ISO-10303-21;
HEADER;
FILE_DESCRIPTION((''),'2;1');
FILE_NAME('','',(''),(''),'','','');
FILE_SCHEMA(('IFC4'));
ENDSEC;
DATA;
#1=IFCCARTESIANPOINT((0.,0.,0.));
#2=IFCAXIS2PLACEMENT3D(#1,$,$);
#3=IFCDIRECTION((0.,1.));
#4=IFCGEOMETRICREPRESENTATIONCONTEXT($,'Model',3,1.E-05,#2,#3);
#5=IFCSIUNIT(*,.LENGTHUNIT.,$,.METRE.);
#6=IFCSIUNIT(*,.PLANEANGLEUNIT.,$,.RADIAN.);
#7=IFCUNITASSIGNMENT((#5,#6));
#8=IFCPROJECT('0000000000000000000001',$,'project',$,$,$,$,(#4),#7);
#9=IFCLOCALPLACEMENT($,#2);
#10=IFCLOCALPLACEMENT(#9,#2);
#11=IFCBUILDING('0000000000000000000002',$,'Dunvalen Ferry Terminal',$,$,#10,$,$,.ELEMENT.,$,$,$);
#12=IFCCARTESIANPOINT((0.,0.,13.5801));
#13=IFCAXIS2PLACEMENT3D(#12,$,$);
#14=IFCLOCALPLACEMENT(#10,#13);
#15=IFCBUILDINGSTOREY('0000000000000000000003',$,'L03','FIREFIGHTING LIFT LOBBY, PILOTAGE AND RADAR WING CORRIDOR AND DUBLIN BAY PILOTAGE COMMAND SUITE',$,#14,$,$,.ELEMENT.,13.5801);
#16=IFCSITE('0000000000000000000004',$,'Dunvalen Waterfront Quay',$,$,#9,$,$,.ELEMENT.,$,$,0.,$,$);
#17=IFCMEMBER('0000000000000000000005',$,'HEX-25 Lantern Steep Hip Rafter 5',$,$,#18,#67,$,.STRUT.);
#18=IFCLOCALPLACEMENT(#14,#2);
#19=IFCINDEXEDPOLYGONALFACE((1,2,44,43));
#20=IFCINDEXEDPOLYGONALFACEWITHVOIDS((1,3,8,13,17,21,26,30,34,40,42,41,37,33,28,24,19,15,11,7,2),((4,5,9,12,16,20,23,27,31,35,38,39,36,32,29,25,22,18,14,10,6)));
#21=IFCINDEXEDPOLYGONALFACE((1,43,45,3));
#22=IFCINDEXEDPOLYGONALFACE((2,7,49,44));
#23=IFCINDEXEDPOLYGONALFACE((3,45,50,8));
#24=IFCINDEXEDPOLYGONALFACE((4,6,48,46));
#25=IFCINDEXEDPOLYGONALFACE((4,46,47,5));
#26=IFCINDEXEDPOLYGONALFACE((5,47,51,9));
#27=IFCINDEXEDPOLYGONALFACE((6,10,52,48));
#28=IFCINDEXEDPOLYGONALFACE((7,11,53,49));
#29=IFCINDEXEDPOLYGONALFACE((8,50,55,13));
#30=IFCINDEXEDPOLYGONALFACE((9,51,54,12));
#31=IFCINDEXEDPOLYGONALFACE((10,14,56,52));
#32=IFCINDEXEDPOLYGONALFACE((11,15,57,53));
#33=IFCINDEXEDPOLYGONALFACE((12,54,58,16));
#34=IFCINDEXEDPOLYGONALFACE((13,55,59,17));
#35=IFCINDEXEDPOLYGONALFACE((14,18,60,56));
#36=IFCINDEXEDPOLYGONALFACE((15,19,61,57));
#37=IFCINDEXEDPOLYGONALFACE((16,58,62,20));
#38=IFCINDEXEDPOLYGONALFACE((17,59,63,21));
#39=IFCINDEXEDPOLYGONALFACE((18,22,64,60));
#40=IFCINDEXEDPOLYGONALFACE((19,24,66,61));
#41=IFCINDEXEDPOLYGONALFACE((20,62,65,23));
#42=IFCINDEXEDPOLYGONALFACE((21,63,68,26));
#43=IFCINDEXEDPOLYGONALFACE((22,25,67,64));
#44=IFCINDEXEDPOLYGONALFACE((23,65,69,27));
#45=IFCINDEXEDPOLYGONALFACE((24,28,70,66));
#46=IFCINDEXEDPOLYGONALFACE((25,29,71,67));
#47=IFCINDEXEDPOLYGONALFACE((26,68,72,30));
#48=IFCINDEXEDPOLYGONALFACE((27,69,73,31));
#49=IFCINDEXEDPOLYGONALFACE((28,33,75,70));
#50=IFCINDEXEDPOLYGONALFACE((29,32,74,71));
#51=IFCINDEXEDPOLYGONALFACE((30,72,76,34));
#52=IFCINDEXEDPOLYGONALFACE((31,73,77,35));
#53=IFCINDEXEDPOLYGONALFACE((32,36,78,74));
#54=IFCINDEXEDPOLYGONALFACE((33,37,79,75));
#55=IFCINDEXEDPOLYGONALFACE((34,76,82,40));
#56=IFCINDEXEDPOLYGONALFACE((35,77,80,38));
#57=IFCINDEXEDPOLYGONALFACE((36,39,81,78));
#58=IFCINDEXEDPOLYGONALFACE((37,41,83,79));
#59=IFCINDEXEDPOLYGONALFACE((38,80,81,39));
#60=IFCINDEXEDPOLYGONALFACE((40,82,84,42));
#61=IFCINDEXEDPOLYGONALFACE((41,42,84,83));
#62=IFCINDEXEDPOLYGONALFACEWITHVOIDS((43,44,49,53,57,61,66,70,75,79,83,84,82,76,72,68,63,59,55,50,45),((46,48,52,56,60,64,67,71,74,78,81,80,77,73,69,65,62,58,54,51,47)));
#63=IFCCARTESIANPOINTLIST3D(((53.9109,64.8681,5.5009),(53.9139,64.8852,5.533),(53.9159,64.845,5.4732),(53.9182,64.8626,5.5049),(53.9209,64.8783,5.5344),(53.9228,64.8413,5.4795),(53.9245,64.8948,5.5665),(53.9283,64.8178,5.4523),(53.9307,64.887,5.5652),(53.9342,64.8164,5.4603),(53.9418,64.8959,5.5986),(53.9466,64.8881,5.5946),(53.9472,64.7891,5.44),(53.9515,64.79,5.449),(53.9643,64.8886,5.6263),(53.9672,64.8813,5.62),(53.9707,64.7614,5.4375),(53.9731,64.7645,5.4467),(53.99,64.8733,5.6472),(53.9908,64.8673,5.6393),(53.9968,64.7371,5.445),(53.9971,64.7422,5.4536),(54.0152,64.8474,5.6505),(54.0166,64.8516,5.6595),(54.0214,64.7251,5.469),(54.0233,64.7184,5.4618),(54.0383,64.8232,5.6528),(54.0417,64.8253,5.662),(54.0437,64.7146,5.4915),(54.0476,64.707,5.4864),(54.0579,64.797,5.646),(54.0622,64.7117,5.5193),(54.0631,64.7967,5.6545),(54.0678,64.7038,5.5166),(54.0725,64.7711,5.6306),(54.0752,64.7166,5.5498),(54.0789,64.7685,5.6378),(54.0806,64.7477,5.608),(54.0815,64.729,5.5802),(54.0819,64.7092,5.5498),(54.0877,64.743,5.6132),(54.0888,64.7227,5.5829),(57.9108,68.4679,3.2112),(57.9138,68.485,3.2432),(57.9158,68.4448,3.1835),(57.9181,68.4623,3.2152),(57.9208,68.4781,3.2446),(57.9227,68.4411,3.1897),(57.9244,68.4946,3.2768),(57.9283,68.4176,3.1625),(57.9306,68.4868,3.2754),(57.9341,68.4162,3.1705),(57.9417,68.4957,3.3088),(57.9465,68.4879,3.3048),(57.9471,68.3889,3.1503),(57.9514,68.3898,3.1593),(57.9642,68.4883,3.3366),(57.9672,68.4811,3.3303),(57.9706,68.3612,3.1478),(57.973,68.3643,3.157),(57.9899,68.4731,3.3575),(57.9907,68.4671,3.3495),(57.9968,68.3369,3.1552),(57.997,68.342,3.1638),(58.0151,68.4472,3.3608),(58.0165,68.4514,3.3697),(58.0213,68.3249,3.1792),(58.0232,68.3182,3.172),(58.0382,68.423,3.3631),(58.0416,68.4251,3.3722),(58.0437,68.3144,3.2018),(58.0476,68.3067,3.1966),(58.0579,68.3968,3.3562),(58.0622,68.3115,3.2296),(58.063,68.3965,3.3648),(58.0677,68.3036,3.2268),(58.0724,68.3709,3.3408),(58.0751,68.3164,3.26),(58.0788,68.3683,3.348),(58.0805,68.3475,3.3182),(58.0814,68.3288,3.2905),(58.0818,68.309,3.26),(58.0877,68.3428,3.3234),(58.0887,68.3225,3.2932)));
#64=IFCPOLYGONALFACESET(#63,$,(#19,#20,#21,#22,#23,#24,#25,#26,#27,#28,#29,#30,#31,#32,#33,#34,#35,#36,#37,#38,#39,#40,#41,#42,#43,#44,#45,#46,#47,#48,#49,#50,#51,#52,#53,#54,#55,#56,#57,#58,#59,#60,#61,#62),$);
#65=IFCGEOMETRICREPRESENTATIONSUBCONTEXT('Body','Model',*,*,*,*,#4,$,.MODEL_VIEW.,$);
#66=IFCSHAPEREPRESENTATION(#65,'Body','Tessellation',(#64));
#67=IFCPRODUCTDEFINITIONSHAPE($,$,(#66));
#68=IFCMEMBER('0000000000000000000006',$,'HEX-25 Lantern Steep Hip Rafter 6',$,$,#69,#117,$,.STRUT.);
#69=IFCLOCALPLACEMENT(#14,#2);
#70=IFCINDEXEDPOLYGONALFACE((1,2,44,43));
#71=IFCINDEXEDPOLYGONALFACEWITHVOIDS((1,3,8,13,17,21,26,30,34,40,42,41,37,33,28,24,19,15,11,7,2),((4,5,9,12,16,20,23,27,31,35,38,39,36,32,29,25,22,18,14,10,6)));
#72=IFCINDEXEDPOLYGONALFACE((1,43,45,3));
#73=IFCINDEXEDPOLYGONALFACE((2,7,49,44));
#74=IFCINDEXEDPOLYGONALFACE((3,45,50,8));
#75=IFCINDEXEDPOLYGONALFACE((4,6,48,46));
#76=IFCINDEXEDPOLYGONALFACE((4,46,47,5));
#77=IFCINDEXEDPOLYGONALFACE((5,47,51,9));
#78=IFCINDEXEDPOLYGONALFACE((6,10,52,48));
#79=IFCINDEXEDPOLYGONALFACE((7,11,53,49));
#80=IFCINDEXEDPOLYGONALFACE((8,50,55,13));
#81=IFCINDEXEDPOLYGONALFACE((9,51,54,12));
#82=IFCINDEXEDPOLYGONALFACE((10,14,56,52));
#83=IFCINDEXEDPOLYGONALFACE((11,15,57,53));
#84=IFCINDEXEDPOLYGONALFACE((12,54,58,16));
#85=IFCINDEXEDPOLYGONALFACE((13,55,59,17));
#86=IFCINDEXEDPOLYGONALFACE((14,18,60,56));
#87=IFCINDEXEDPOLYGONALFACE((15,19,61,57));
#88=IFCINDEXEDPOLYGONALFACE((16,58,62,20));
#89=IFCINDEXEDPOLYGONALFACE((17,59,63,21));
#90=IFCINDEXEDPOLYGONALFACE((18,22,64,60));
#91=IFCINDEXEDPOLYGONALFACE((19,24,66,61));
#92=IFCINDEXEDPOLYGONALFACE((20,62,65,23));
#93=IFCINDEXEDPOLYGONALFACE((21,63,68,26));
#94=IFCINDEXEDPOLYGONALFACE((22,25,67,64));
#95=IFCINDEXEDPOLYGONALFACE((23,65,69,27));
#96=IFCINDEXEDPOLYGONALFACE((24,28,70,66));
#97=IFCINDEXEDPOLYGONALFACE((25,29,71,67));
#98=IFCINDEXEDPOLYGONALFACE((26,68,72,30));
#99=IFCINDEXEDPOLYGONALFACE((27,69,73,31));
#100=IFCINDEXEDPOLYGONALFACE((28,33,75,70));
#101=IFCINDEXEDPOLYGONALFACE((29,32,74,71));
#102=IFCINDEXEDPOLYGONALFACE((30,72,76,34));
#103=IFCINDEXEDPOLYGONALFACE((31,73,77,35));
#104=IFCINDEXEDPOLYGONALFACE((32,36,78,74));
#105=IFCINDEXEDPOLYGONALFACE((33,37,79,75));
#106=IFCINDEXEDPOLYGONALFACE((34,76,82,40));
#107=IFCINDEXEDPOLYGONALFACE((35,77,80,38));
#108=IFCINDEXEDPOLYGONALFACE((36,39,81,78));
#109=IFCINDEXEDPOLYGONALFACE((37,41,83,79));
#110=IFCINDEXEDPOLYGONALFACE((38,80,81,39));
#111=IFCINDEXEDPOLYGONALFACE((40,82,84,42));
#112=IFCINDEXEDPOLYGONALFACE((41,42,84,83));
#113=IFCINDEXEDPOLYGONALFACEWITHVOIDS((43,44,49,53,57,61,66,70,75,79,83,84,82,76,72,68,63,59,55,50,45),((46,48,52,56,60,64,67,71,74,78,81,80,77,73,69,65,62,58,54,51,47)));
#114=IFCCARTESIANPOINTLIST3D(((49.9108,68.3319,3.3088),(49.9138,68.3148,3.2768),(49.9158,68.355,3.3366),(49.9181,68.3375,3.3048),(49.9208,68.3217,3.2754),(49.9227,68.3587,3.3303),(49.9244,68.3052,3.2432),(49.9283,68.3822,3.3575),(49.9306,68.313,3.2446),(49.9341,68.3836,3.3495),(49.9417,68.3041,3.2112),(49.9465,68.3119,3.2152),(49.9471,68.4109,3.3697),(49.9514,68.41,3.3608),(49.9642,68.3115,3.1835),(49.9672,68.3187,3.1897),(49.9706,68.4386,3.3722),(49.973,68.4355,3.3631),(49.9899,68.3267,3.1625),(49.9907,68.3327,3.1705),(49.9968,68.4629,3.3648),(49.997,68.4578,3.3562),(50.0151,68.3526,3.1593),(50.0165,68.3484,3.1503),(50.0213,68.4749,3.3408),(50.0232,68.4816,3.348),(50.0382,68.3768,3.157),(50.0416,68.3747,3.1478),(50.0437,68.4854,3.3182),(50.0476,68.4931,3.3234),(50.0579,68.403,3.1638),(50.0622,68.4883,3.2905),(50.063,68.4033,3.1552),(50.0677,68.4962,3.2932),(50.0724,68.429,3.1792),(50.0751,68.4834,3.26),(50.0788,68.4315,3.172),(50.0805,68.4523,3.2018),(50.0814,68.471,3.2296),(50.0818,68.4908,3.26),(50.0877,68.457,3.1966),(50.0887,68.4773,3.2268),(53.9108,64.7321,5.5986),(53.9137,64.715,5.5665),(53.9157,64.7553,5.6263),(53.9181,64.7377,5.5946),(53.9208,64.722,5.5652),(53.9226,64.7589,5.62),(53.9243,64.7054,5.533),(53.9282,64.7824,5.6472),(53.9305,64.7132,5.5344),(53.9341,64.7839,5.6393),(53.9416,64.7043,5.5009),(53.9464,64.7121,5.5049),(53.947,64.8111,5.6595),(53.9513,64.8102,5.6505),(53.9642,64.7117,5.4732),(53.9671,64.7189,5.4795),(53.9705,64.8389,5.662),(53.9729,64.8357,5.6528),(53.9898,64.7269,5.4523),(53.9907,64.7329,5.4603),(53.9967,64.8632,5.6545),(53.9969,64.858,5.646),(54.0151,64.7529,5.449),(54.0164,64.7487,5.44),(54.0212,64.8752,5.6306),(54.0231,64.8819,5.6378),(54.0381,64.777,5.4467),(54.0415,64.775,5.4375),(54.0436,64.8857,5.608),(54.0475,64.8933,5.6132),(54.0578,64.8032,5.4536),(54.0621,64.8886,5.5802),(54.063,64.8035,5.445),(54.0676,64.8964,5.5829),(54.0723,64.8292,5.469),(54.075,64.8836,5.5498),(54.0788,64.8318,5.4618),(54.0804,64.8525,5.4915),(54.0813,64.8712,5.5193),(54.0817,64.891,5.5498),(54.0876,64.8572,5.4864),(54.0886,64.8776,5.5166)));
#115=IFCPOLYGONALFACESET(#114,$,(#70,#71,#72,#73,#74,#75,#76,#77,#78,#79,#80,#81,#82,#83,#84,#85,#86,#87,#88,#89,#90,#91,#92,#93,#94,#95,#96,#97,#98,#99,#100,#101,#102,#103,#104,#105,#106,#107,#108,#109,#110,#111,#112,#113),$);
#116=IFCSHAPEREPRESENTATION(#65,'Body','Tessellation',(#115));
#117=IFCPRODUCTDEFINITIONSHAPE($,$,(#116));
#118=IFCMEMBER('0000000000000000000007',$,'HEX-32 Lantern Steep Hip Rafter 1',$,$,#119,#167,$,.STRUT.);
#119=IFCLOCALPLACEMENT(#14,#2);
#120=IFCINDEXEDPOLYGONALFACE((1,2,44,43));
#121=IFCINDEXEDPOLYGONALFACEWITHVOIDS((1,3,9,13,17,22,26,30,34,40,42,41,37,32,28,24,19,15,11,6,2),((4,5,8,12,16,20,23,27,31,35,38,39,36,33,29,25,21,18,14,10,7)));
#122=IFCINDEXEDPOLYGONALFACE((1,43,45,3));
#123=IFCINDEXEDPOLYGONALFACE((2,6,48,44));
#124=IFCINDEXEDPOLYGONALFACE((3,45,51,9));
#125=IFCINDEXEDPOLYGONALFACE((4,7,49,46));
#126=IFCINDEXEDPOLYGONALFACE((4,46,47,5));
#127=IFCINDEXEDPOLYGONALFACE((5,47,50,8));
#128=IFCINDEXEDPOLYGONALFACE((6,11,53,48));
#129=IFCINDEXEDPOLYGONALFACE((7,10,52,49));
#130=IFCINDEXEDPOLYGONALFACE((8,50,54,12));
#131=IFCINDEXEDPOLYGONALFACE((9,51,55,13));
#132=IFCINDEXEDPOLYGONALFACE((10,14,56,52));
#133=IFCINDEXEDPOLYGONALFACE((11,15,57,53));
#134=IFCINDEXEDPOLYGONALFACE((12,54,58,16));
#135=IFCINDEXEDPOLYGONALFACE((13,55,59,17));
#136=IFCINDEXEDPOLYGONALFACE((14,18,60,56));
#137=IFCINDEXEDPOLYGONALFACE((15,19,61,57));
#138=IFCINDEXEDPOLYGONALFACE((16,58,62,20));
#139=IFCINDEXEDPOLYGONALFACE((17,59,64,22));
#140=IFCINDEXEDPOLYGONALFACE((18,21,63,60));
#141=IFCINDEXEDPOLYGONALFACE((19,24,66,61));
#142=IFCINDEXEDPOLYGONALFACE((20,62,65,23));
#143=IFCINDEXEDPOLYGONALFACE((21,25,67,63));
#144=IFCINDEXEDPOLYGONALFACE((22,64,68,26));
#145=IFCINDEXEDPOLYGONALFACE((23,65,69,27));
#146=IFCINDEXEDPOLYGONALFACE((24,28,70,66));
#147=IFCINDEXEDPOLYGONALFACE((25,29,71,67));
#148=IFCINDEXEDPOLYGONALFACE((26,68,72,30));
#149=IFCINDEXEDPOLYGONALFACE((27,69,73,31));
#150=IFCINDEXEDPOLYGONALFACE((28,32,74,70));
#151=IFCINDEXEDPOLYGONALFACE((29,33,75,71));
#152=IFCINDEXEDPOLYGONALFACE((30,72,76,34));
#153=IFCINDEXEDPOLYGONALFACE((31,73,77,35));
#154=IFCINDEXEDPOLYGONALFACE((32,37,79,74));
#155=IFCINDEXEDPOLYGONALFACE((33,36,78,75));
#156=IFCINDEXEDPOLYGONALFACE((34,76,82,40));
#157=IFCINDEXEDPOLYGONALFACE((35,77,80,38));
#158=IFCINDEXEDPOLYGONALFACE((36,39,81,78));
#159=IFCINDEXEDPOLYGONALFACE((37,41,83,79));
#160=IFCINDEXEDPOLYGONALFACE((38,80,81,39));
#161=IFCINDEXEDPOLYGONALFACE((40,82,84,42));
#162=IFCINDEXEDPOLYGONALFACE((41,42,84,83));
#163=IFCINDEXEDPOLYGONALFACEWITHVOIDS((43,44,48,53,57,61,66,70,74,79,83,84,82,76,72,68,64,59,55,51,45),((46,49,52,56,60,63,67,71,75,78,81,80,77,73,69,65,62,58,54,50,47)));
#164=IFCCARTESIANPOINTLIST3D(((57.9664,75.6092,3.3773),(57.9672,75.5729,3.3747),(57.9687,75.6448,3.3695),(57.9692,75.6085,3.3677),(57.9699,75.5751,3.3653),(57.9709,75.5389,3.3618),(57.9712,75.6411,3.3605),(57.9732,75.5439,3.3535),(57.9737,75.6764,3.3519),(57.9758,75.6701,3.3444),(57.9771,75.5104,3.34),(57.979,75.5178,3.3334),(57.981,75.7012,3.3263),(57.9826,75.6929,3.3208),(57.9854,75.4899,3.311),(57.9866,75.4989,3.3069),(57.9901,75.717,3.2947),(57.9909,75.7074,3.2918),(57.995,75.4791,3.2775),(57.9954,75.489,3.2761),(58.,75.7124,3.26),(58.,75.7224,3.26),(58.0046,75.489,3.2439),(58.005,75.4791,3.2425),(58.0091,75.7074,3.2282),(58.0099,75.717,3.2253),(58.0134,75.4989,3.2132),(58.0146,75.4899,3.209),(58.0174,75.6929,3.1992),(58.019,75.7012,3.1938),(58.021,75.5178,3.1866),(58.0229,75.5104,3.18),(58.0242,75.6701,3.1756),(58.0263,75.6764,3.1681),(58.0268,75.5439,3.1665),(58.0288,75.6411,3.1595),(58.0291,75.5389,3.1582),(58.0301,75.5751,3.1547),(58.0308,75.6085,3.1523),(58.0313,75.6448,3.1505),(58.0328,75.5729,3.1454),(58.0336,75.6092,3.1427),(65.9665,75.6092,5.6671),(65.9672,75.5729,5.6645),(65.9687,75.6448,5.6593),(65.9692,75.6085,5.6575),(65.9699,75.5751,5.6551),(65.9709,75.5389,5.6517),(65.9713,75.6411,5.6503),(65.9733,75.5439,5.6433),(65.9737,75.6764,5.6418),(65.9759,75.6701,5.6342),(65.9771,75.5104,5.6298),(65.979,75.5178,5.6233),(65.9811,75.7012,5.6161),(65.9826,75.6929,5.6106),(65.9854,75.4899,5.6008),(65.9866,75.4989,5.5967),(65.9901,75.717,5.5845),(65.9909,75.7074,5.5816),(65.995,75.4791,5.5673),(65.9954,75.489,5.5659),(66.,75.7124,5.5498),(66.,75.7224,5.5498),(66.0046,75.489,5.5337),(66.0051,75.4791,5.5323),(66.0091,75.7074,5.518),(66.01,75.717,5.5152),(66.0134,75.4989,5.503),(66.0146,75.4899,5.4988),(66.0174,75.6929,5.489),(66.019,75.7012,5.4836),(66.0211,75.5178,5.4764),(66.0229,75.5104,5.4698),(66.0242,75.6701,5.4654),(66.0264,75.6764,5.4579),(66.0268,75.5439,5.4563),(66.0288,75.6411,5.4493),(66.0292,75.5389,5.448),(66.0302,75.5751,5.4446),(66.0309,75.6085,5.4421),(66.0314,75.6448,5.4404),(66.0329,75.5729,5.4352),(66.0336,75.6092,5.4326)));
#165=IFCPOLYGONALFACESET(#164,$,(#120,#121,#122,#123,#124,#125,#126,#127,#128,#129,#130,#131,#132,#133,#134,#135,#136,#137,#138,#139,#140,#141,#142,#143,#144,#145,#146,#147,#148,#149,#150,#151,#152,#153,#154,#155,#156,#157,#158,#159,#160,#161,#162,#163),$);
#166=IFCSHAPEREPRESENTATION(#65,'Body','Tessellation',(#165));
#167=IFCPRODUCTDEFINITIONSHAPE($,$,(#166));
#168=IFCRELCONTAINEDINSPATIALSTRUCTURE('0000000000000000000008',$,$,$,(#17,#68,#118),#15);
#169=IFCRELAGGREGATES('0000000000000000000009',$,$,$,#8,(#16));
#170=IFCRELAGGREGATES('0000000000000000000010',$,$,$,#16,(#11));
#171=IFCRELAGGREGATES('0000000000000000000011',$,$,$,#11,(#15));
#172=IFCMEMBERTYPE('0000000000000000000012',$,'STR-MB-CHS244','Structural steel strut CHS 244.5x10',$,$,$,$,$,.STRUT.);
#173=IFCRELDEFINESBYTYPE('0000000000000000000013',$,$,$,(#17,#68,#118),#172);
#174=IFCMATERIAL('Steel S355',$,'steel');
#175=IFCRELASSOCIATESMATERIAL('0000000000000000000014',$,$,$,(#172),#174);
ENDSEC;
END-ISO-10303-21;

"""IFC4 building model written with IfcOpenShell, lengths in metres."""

from ifc_helpers import new_model, si_unit, direction, frame, origin, origin_2d, place, context, subcontext, project, spatial, hollow_circle, extrude, material, material_profile, profile_set, type_object, element, save


model = new_model("IFC4")

# Units and contexts
model_context = context("Model", 3, precision=1e-05, world=origin(), true_north=direction((0.0, 1.0)))
body_context = subcontext(model_context, "Body", "Model", "MODEL_VIEW")
ifc_project = project(units=[si_unit("LENGTHUNIT", "METRE"), si_unit("PLANEANGLEUNIT", "RADIAN")], contexts=[model_context])

# Site, building, storey
site_placement = place(None, origin())
site = spatial("IfcSite", under=ifc_project, at=site_placement, Name="Dunvalen Waterfront Quay", CompositionType="ELEMENT", RefElevation=0.0)
building_placement = place(site_placement, origin())
building = spatial("IfcBuilding", under=site, at=building_placement, Name="Dunvalen Ferry Terminal", CompositionType="ELEMENT")
storey_placement = place(building_placement, frame((0.0, 0.0, 13.5801)))
storey = spatial("IfcBuildingStorey", under=building, at=storey_placement, Name="L03", Description="FIREFIGHTING LIFT LOBBY, PILOTAGE AND RADAR WING CORRIDOR AND DUBLIN BAY PILOTAGE COMMAND SUITE", CompositionType="ELEMENT", Elevation=13.5801)

# Shared definitions
ifc_material_1 = material(Name="Steel S355", Category="steel")

# Members
ifc_material_profile_1 = material_profile(ifc_material_1, hollow_circle(Radius=0.1223, WallThickness=0.01, at=origin_2d()), Name="Steel S355")
ifc_profile_set_1 = profile_set([ifc_material_profile_1], Name="Steel S355")
member_type = type_object("IfcMemberType", Name="STR-MB-CHS244", Description="Structural steel strut CHS 244.5x10", PredefinedType="STRUT", material=ifc_profile_set_1)
for number, where, z_axis, x_axis, name in (
    (1, (58.0, 68.3999, 3.26), (-0.683965, -0.615543, 0.391535), (0.66895, -0.743308, 0.0), "HEX-25 Lantern Steep Hip Rafter 5"),
    (2, (50.0, 68.3999, 3.26), (0.683965, -0.615543, 0.391535), (0.66895, 0.743308, 0.0), "HEX-25 Lantern Steep Hip Rafter 6"),
):
    element("IfcMember", number, at=place(storey_placement, frame(where, z_axis=z_axis, x_axis=x_axis)), inside=storey, type_object=member_type, Name=name, PredefinedType="STRUT", context=body_context, shape_type="SweptSolid", body=[
        extrude(hollow_circle(Radius=0.1223, WallThickness=0.01, at=origin_2d()), origin(), (0.0, 0.0, 1.0), 5.8481),
    ])
member_1_placement = place(storey_placement, frame((58.0, 75.6001, 3.26), z_axis=(0.961394, 0.0, 0.275174), x_axis=(0.0, 1.0, 0.0)))
element("IfcMember", 3, at=member_1_placement, inside=storey, type_object=member_type, Name="HEX-32 Lantern Steep Hip Rafter 1", PredefinedType="STRUT", context=body_context, shape_type="SweptSolid", body=[
    extrude(hollow_circle(Radius=0.1223, WallThickness=0.01, at=origin_2d()), origin(), (0.0, 0.0, 1.0), 8.3213),
])

save(model, "model.ifc")
